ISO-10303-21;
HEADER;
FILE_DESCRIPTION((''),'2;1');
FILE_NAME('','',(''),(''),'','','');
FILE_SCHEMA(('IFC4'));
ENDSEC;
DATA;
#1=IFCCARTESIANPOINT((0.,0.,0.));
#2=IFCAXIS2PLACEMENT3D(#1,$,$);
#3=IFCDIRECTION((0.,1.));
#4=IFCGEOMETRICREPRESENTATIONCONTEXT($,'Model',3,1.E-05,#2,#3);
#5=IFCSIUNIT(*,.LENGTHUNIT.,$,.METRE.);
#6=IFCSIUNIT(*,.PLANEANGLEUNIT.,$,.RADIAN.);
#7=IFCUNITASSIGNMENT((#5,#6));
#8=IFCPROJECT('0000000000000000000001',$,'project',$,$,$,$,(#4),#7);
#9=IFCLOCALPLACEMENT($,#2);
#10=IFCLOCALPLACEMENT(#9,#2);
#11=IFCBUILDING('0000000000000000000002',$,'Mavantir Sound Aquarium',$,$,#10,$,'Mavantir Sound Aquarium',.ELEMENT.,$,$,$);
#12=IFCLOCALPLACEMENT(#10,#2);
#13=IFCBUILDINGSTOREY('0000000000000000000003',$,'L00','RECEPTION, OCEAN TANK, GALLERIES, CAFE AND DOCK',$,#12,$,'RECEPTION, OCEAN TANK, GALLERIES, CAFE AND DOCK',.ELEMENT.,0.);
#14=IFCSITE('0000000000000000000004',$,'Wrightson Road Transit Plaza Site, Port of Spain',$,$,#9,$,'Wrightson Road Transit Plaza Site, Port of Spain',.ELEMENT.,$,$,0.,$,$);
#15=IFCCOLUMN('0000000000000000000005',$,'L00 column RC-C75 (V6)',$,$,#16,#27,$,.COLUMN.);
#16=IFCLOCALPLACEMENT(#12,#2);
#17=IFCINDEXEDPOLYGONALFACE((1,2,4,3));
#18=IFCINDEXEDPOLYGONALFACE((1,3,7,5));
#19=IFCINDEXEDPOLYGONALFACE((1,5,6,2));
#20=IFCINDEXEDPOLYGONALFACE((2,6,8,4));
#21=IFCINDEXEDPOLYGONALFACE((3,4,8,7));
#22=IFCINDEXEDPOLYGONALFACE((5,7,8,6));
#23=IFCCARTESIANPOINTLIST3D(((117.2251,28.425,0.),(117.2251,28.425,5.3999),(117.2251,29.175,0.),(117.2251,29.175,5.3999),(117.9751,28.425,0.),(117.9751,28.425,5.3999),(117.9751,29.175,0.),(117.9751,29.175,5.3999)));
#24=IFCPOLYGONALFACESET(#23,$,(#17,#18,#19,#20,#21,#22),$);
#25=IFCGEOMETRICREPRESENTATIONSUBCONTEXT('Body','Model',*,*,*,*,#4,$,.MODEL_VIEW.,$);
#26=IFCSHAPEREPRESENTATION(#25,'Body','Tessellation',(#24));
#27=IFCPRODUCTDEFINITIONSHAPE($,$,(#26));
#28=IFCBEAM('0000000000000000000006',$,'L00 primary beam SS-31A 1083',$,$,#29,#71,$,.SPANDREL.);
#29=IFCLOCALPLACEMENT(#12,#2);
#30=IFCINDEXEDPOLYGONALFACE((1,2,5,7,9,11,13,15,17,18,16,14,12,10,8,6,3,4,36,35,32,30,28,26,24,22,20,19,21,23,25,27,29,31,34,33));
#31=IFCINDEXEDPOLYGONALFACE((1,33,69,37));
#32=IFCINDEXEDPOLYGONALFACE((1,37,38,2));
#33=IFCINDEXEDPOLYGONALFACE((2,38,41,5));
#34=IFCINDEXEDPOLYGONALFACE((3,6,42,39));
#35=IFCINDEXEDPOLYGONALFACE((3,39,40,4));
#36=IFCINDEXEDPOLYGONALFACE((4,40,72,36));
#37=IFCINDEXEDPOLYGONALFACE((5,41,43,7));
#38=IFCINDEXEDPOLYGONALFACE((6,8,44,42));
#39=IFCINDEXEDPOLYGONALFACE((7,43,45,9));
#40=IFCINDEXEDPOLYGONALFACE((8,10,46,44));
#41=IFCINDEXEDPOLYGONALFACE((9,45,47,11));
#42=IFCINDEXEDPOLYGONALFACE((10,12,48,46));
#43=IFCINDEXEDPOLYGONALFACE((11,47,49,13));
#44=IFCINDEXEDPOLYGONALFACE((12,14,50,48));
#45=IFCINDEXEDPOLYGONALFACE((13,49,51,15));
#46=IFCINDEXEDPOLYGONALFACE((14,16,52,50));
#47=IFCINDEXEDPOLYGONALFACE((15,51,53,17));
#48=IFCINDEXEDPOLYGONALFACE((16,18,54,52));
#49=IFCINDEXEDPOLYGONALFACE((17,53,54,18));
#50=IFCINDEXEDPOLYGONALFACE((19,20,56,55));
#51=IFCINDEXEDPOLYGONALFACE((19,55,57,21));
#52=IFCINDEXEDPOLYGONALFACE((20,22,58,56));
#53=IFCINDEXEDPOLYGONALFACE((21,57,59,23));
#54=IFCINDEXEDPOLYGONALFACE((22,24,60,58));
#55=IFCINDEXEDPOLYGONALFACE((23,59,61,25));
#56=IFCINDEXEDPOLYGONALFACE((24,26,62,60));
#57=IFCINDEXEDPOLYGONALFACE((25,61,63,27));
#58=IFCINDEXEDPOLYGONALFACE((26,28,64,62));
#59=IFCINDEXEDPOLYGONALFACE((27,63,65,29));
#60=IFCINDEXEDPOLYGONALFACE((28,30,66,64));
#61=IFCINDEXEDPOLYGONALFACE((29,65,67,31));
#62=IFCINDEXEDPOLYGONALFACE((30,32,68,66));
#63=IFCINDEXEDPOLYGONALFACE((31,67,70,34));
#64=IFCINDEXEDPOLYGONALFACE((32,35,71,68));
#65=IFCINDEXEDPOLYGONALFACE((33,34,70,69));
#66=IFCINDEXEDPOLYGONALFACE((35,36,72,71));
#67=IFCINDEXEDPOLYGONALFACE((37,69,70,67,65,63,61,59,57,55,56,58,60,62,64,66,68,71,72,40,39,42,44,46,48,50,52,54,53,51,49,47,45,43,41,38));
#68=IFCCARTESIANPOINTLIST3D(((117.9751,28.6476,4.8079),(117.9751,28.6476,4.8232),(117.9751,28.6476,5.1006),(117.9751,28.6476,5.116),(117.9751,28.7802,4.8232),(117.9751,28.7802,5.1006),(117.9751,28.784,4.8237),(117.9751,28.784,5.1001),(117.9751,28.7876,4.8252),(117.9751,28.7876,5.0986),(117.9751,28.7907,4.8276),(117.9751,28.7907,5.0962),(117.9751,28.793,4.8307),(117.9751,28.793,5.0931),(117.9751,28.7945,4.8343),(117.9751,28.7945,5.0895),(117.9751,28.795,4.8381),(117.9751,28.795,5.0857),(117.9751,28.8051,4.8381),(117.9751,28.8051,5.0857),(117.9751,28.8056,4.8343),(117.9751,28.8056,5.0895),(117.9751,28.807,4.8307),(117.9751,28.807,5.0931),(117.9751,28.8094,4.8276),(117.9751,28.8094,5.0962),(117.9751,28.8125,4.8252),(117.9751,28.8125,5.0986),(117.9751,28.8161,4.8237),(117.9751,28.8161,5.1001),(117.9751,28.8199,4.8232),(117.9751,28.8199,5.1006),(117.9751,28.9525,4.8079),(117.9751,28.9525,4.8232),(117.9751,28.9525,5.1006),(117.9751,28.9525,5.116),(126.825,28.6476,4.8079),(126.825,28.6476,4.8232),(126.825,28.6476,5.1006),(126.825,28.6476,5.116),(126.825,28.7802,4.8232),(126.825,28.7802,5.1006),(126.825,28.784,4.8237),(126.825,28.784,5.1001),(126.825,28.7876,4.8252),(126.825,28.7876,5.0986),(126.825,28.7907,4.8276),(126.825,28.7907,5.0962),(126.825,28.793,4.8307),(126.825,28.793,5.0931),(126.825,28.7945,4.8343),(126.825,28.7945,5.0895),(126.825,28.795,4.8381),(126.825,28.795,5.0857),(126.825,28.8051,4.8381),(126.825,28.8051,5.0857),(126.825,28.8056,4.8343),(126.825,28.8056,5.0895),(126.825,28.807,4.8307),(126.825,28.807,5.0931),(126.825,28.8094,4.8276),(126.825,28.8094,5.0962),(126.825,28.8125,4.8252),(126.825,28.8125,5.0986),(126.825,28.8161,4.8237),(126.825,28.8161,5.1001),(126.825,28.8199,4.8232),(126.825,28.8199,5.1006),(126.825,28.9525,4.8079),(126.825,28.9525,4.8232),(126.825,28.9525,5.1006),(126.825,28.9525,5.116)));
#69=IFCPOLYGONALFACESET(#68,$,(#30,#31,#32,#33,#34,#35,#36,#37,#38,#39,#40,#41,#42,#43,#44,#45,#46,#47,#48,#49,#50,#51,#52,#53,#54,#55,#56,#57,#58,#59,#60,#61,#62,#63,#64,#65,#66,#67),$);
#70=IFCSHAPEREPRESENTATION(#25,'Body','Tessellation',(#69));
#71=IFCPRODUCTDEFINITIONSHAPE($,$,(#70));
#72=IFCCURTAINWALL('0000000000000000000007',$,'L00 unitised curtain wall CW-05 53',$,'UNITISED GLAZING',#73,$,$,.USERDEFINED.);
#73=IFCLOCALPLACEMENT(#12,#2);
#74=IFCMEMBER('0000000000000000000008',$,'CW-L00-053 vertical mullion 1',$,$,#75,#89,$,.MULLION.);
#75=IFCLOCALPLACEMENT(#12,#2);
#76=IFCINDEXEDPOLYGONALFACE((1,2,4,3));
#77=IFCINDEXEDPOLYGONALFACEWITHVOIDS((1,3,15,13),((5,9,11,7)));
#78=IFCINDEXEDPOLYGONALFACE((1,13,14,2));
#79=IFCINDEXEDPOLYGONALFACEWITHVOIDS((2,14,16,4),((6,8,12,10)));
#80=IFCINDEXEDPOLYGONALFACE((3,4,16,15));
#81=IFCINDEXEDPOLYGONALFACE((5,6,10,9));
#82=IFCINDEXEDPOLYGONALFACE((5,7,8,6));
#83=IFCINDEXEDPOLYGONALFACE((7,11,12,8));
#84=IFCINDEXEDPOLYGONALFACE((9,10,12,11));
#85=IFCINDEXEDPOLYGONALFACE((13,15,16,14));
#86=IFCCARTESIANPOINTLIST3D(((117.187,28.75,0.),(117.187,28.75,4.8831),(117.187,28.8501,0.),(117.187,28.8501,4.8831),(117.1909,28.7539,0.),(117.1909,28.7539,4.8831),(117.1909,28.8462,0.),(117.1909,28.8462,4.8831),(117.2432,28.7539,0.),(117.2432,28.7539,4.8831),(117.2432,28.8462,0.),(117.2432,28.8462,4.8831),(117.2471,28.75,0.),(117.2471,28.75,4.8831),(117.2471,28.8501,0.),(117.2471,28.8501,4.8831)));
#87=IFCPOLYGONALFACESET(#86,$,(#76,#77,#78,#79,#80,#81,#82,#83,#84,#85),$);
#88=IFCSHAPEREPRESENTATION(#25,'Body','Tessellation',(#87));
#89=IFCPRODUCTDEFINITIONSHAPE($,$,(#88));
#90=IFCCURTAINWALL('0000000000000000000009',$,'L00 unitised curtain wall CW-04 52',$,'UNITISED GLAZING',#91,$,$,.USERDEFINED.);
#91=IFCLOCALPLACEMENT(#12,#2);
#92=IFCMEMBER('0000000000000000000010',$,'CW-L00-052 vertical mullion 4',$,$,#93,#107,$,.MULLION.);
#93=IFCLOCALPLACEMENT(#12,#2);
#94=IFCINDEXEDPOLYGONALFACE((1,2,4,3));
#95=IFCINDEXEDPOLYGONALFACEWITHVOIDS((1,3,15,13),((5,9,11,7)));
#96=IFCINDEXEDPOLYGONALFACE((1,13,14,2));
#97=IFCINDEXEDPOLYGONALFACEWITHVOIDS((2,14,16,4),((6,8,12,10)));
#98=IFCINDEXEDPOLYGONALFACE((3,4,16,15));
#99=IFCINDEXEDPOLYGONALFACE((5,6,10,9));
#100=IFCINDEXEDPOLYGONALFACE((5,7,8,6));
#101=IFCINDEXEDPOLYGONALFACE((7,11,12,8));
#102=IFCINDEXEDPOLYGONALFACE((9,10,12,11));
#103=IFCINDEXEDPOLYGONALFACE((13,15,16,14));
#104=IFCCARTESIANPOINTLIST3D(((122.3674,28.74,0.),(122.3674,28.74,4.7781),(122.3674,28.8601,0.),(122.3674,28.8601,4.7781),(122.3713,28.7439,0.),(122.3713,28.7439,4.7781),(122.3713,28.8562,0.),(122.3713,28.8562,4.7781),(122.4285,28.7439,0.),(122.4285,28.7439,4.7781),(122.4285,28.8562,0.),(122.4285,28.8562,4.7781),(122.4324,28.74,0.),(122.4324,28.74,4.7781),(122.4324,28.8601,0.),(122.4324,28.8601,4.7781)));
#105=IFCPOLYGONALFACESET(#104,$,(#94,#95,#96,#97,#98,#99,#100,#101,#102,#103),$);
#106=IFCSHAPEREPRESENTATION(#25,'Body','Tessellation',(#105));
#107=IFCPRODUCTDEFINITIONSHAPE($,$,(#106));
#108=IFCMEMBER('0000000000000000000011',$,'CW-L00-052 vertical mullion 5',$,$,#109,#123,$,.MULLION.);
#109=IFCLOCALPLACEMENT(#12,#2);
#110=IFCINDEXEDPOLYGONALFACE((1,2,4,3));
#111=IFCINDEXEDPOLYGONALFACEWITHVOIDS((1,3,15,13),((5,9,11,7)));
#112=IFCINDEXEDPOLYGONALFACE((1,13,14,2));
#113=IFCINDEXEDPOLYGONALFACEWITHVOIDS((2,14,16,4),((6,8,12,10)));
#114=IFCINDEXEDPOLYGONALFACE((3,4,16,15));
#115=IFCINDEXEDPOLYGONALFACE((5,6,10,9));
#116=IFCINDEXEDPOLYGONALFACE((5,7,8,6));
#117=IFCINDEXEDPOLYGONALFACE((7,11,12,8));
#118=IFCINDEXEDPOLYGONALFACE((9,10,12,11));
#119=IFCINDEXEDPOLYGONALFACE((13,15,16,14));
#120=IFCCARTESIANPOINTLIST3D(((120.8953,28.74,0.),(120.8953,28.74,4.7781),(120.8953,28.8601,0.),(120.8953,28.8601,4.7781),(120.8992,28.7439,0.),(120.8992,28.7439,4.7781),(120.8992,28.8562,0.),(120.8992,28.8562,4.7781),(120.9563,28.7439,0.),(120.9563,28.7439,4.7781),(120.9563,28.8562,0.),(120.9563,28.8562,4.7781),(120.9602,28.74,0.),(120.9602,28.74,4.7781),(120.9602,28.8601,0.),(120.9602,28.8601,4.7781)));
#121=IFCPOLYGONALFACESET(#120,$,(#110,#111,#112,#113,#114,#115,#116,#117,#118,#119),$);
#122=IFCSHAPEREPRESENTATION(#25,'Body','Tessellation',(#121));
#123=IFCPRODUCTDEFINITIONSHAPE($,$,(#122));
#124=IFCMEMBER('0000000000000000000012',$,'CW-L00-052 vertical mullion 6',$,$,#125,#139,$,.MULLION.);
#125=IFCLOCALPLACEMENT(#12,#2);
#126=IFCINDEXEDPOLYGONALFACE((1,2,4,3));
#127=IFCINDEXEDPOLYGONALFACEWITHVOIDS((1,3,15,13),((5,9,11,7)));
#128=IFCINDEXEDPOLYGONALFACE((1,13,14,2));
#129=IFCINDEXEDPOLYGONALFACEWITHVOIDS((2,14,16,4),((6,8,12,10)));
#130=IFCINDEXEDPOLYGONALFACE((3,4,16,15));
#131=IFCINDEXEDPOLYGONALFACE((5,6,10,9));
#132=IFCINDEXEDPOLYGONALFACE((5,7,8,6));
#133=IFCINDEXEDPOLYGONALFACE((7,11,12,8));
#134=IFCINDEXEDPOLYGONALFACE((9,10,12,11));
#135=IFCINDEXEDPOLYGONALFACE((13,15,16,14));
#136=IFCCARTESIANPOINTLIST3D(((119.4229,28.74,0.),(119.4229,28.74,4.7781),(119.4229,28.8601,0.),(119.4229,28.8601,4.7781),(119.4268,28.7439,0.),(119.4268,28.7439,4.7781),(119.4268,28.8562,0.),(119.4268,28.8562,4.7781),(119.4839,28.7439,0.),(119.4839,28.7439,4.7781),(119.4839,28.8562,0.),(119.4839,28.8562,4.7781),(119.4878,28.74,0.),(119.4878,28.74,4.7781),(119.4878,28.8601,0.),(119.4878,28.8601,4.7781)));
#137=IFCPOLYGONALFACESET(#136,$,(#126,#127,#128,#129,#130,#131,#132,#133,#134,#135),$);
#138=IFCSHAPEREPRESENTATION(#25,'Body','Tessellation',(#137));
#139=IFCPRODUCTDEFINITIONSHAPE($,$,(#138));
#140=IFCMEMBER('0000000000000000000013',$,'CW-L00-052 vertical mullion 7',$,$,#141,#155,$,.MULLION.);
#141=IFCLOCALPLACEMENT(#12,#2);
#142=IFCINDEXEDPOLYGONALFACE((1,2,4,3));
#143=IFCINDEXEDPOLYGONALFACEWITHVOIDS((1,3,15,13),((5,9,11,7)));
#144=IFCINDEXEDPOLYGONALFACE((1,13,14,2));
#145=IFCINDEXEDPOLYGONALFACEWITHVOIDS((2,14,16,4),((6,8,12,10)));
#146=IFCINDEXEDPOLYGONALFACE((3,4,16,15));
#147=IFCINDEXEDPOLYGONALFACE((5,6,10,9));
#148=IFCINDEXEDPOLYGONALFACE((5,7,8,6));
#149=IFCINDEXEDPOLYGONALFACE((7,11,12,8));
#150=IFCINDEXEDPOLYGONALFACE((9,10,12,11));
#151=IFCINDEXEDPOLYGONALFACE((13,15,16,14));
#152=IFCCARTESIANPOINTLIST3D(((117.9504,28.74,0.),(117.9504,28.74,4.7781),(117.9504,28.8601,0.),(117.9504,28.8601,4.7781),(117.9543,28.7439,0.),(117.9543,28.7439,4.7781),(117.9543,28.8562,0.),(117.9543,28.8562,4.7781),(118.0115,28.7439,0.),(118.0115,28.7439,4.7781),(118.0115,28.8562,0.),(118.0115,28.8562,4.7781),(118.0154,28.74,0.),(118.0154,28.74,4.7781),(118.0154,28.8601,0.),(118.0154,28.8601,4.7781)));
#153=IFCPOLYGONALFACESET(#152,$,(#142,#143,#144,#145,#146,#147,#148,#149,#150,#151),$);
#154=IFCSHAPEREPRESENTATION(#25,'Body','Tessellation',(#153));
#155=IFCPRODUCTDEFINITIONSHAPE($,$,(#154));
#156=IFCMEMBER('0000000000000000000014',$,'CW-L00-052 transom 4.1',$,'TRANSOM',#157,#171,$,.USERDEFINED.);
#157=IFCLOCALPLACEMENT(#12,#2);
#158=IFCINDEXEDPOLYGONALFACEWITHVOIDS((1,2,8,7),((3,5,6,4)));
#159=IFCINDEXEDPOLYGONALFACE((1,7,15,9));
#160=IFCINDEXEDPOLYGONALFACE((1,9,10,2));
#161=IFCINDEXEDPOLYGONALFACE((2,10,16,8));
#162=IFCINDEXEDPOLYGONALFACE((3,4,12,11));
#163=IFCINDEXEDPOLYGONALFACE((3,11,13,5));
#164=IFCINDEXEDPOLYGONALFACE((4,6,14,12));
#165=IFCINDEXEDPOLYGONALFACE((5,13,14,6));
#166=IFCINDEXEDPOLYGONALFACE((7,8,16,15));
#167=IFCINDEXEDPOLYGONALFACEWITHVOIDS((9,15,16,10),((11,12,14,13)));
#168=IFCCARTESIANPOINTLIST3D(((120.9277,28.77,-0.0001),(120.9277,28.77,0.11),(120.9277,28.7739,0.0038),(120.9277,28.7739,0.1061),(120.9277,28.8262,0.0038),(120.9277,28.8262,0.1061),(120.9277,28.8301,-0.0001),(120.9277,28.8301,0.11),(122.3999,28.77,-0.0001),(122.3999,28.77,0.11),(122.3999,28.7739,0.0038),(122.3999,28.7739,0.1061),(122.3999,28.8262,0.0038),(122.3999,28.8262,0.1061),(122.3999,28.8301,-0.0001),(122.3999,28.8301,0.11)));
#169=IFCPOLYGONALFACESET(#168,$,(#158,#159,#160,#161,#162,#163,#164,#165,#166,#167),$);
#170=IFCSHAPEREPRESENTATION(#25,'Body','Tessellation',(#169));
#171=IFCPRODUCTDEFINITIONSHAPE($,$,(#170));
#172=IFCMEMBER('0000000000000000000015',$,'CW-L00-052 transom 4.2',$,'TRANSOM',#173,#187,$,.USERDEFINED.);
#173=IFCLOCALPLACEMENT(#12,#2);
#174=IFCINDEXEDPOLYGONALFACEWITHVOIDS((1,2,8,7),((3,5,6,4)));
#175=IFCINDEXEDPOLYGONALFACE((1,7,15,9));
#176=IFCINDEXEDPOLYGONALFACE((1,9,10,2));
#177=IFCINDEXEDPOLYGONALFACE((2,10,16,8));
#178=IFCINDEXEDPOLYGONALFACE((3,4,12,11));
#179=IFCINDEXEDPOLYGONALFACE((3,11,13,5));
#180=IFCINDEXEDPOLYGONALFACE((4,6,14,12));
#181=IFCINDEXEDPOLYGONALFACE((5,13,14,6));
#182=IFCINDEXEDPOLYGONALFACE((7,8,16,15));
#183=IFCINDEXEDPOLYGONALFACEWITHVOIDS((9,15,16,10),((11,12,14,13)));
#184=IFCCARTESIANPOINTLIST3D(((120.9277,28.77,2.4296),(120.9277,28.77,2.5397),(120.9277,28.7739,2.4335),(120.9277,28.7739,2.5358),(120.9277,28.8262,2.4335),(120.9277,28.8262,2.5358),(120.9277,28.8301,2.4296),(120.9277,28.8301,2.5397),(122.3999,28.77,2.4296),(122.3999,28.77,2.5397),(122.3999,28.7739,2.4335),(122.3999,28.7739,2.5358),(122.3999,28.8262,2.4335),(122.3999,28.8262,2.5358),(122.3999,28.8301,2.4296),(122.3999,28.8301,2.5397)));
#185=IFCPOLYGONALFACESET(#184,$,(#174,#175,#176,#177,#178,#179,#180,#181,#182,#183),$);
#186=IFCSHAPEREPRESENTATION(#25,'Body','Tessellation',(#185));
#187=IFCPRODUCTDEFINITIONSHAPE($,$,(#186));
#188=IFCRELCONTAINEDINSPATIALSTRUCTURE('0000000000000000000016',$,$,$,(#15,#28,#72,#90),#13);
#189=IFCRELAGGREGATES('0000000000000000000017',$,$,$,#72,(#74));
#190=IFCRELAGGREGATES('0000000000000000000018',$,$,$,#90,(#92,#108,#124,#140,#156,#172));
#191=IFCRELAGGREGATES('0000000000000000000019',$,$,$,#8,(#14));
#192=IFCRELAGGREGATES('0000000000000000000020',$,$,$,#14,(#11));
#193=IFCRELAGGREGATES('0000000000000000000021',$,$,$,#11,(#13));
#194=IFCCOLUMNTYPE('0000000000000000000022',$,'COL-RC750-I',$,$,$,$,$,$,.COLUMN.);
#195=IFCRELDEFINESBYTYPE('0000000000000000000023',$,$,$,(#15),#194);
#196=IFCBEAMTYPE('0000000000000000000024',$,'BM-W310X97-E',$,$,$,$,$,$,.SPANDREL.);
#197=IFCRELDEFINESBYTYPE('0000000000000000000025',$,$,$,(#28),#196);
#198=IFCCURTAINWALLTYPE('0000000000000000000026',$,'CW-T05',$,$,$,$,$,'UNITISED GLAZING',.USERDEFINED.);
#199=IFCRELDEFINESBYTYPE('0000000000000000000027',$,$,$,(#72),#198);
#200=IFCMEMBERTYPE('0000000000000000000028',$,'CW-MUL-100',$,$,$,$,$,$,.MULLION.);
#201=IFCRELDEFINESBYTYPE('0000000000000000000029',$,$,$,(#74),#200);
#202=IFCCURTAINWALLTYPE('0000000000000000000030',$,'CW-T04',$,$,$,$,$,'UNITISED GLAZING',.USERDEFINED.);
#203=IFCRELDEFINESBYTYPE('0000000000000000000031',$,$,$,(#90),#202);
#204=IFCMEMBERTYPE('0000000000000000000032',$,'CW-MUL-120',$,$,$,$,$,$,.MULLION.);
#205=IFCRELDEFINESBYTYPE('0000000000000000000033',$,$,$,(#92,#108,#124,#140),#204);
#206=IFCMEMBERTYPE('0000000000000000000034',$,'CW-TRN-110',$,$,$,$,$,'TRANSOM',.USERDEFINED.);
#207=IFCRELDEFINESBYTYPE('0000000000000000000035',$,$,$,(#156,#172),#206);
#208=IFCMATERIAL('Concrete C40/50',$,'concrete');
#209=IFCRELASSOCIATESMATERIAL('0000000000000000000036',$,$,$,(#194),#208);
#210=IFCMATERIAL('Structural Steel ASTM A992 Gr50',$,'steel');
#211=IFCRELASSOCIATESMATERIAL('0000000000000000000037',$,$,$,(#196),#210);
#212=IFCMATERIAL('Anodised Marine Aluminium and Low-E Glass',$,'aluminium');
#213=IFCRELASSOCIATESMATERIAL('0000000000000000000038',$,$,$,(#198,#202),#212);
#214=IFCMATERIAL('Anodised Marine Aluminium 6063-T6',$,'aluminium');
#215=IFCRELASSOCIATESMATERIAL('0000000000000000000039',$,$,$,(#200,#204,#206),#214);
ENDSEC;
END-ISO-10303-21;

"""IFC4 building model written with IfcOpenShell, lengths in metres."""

from ifc_helpers import new_model, si_unit, direction, frame, origin, origin_2d, place, context, subcontext, project, spatial, rectangle, hollow_rectangle, i_section, extrude, material, material_profile, profile_set, type_object, element, aggregate, save


model = new_model("IFC4")

# Units and contexts
model_context = context("Model", 3, precision=1e-05, world=origin(), true_north=direction((0.0, 1.0)))
body_context = subcontext(model_context, "Body", "Model", "MODEL_VIEW")
ifc_project = project(units=[si_unit("LENGTHUNIT", "METRE"), si_unit("PLANEANGLEUNIT", "RADIAN")], contexts=[model_context])

# Site, building, storey
site_placement = place(None, origin())
site = spatial("IfcSite", under=ifc_project, at=site_placement, Name="Wrightson Road Transit Plaza Site, Port of Spain", LongName="Wrightson Road Transit Plaza Site, Port of Spain", CompositionType="ELEMENT", RefElevation=0.0)
building_placement = place(site_placement, origin())
building = spatial("IfcBuilding", under=site, at=building_placement, Name="Mavantir Sound Aquarium", LongName="Mavantir Sound Aquarium", CompositionType="ELEMENT")
storey_placement = place(building_placement, origin())
storey = spatial("IfcBuildingStorey", under=building, at=storey_placement, Name="L00", Description="RECEPTION, OCEAN TANK, GALLERIES, CAFE AND DOCK", LongName="RECEPTION, OCEAN TANK, GALLERIES, CAFE AND DOCK", CompositionType="ELEMENT", Elevation=0.0)

# Column
ifc_material_1 = material(Name="Concrete C40/50", Category="concrete")
ifc_material_profile_1 = material_profile(ifc_material_1, rectangle(XDim=0.75, YDim=0.75, at=origin_2d()), Name="RC 750X750")
ifc_profile_set_1 = profile_set([ifc_material_profile_1], Name="Concrete C40/50")
column_type = type_object("IfcColumnType", Name="COL-RC750-I", PredefinedType="COLUMN", material=ifc_profile_set_1)
column_placement = place(storey_placement, frame((117.6001, 28.8, 0.0), z_axis=(0.0, 0.0, 1.0), x_axis=(1.0, 0.0, 0.0)))
element("IfcColumn", 1, at=column_placement, inside=storey, type_object=column_type, Name="L00 column RC-C75 (V6)", PredefinedType="COLUMN", context=body_context, shape_type="SweptSolid", body=[
    extrude(rectangle(XDim=0.75, YDim=0.75, at=origin_2d()), origin(), (0.0, 0.0, 1.0), 5.3999),
])

# Beam
ifc_material_2 = material(Name="Structural Steel ASTM A992 Gr50", Category="steel")
ifc_material_profile_2 = material_profile(ifc_material_2, i_section(OverallWidth=0.3049, OverallDepth=0.3081, WebThickness=0.01, FlangeThickness=0.0154, FilletRadius=0.0149, at=origin_2d()), Name="W310X97")
ifc_profile_set_2 = profile_set([ifc_material_profile_2], Name="Structural Steel ASTM A992 Gr50")
beam_type = type_object("IfcBeamType", Name="BM-W310X97-E", PredefinedType="SPANDREL", material=ifc_profile_set_2)
beam_placement = place(storey_placement, frame((117.9751, 28.8, 4.9619), z_axis=(1.0, 0.0, 0.0), x_axis=(0.0, 1.0, 0.0)))
element("IfcBeam", 2, at=beam_placement, inside=storey, type_object=beam_type, Name="L00 primary beam SS-31A 1083", PredefinedType="SPANDREL", context=body_context, shape_type="SweptSolid", body=[
    extrude(i_section(OverallWidth=0.3049, OverallDepth=0.3081, WebThickness=0.01, FlangeThickness=0.0154, FilletRadius=0.0149, at=origin_2d()), origin(), (0.0, 0.0, 1.0), 8.8499),
])

# Curtain wall, member
ifc_material_3 = material(Name="Anodised Marine Aluminium and Low-E Glass", Category="aluminium")
curtain_wall_type_1 = type_object("IfcCurtainWallType", Name="CW-T05", ElementType="UNITISED GLAZING", PredefinedType="USERDEFINED", material=ifc_material_3)
curtain_wall_1_placement = place(storey_placement, origin())
curtain_wall_1 = element("IfcCurtainWall", 3, at=curtain_wall_1_placement, inside=storey, type_object=curtain_wall_type_1, Name="L00 unitised curtain wall CW-05 53", ObjectType="UNITISED GLAZING", PredefinedType="USERDEFINED")
ifc_material_4 = material(Name="Anodised Marine Aluminium 6063-T6", Category="aluminium")
ifc_material_profile_3 = material_profile(ifc_material_4, hollow_rectangle(XDim=0.0601, YDim=0.1001, WallThickness=0.0039, at=origin_2d()), Name="ALU-MULLION-100X60")
ifc_profile_set_3 = profile_set([ifc_material_profile_3], Name="Anodised Marine Aluminium 6063-T6")
member_type_1 = type_object("IfcMemberType", Name="CW-MUL-100", PredefinedType="MULLION", material=ifc_profile_set_3)
member_1_placement = place(storey_placement, frame((117.217, 28.8, 0.0), z_axis=(0.0, 0.0, 1.0), x_axis=(1.0, 0.0, 0.0)))
member_1 = element("IfcMember", 4, at=member_1_placement, type_object=member_type_1, Name="CW-L00-053 vertical mullion 1", PredefinedType="MULLION", context=body_context, shape_type="SweptSolid", body=[
    extrude(hollow_rectangle(XDim=0.0601, YDim=0.1001, WallThickness=0.0039, at=origin_2d()), origin(), (0.0, 0.0, 1.0), 4.8831),
])

# Curtain wall, members
curtain_wall_type_2 = type_object("IfcCurtainWallType", Name="CW-T04", ElementType="UNITISED GLAZING", PredefinedType="USERDEFINED", material=ifc_material_3)
curtain_wall_2_placement = place(storey_placement, origin())
curtain_wall_2 = element("IfcCurtainWall", 5, at=curtain_wall_2_placement, inside=storey, type_object=curtain_wall_type_2, Name="L00 unitised curtain wall CW-04 52", ObjectType="UNITISED GLAZING", PredefinedType="USERDEFINED")
ifc_material_profile_4 = material_profile(ifc_material_4, hollow_rectangle(XDim=0.0649, YDim=0.1201, WallThickness=0.0039, at=origin_2d()), Name="ALU-MULLION-120X65")
ifc_profile_set_4 = profile_set([ifc_material_profile_4], Name="Anodised Marine Aluminium 6063-T6")
member_type_2 = type_object("IfcMemberType", Name="CW-MUL-120", PredefinedType="MULLION", material=ifc_profile_set_4)
member_2_placement = place(storey_placement, frame((122.3999, 28.8, 0.0), z_axis=(0.0, 0.0, 1.0), x_axis=(1.0, 0.0, 0.0)))
member_2 = element("IfcMember", 6, at=member_2_placement, type_object=member_type_2, Name="CW-L00-052 vertical mullion 4", PredefinedType="MULLION", context=body_context, shape_type="SweptSolid", body=[
    extrude(hollow_rectangle(XDim=0.0649, YDim=0.1201, WallThickness=0.0039, at=origin_2d()), origin(), (0.0, 0.0, 1.0), 4.7781),
])
member_3_placement = place(storey_placement, frame((120.9277, 28.8, 0.0), z_axis=(0.0, 0.0, 1.0), x_axis=(1.0, 0.0, 0.0)))
member_3 = element("IfcMember", 7, at=member_3_placement, type_object=member_type_2, Name="CW-L00-052 vertical mullion 5", PredefinedType="MULLION", context=body_context, shape_type="SweptSolid", body=[
    extrude(hollow_rectangle(XDim=0.0649, YDim=0.1201, WallThickness=0.0039, at=origin_2d()), origin(), (0.0, 0.0, 1.0), 4.7781),
])
member_4_placement = place(storey_placement, frame((119.4553, 28.8, 0.0), z_axis=(0.0, 0.0, 1.0), x_axis=(1.0, 0.0, 0.0)))
member_4 = element("IfcMember", 8, at=member_4_placement, type_object=member_type_2, Name="CW-L00-052 vertical mullion 6", PredefinedType="MULLION", context=body_context, shape_type="SweptSolid", body=[
    extrude(hollow_rectangle(XDim=0.0649, YDim=0.1201, WallThickness=0.0039, at=origin_2d()), origin(), (0.0, 0.0, 1.0), 4.7781),
])
member_5_placement = place(storey_placement, frame((117.9829, 28.8, 0.0), z_axis=(0.0, 0.0, 1.0), x_axis=(1.0, 0.0, 0.0)))
member_5 = element("IfcMember", 9, at=member_5_placement, type_object=member_type_2, Name="CW-L00-052 vertical mullion 7", PredefinedType="MULLION", context=body_context, shape_type="SweptSolid", body=[
    extrude(hollow_rectangle(XDim=0.0649, YDim=0.1201, WallThickness=0.0039, at=origin_2d()), origin(), (0.0, 0.0, 1.0), 4.7781),
])
ifc_material_profile_5 = material_profile(ifc_material_4, hollow_rectangle(XDim=0.0601, YDim=0.1101, WallThickness=0.0039, at=origin_2d()), Name="ALU-TRANSOM-110X60")
ifc_profile_set_5 = profile_set([ifc_material_profile_5], Name="Anodised Marine Aluminium 6063-T6")
member_type_3 = type_object("IfcMemberType", Name="CW-TRN-110", ElementType="TRANSOM", PredefinedType="USERDEFINED", material=ifc_profile_set_5)
member_6_placement = place(storey_placement, frame((122.3999, 28.8, 0.0549), z_axis=(-1.0, 0.0, 0.0), x_axis=(0.0, -1.0, 0.0)))
member_6 = element("IfcMember", 10, at=member_6_placement, type_object=member_type_3, Name="CW-L00-052 transom 4.1", ObjectType="TRANSOM", PredefinedType="USERDEFINED", context=body_context, shape_type="SweptSolid", body=[
    extrude(hollow_rectangle(XDim=0.0601, YDim=0.1101, WallThickness=0.0039, at=origin_2d()), origin(), (0.0, 0.0, 1.0), 1.4722),
])
member_7_placement = place(storey_placement, frame((122.3999, 28.8, 2.4846), z_axis=(-1.0, 0.0, 0.0), x_axis=(0.0, -1.0, 0.0)))
member_7 = element("IfcMember", 11, at=member_7_placement, type_object=member_type_3, Name="CW-L00-052 transom 4.2", ObjectType="TRANSOM", PredefinedType="USERDEFINED", context=body_context, shape_type="SweptSolid", body=[
    extrude(hollow_rectangle(XDim=0.0601, YDim=0.1101, WallThickness=0.0039, at=origin_2d()), origin(), (0.0, 0.0, 1.0), 1.4722),
])

aggregate(curtain_wall_1, [member_1])
aggregate(curtain_wall_2, [member_2, member_3, member_4, member_5, member_6, member_7])

save(model, "model.ifc")
